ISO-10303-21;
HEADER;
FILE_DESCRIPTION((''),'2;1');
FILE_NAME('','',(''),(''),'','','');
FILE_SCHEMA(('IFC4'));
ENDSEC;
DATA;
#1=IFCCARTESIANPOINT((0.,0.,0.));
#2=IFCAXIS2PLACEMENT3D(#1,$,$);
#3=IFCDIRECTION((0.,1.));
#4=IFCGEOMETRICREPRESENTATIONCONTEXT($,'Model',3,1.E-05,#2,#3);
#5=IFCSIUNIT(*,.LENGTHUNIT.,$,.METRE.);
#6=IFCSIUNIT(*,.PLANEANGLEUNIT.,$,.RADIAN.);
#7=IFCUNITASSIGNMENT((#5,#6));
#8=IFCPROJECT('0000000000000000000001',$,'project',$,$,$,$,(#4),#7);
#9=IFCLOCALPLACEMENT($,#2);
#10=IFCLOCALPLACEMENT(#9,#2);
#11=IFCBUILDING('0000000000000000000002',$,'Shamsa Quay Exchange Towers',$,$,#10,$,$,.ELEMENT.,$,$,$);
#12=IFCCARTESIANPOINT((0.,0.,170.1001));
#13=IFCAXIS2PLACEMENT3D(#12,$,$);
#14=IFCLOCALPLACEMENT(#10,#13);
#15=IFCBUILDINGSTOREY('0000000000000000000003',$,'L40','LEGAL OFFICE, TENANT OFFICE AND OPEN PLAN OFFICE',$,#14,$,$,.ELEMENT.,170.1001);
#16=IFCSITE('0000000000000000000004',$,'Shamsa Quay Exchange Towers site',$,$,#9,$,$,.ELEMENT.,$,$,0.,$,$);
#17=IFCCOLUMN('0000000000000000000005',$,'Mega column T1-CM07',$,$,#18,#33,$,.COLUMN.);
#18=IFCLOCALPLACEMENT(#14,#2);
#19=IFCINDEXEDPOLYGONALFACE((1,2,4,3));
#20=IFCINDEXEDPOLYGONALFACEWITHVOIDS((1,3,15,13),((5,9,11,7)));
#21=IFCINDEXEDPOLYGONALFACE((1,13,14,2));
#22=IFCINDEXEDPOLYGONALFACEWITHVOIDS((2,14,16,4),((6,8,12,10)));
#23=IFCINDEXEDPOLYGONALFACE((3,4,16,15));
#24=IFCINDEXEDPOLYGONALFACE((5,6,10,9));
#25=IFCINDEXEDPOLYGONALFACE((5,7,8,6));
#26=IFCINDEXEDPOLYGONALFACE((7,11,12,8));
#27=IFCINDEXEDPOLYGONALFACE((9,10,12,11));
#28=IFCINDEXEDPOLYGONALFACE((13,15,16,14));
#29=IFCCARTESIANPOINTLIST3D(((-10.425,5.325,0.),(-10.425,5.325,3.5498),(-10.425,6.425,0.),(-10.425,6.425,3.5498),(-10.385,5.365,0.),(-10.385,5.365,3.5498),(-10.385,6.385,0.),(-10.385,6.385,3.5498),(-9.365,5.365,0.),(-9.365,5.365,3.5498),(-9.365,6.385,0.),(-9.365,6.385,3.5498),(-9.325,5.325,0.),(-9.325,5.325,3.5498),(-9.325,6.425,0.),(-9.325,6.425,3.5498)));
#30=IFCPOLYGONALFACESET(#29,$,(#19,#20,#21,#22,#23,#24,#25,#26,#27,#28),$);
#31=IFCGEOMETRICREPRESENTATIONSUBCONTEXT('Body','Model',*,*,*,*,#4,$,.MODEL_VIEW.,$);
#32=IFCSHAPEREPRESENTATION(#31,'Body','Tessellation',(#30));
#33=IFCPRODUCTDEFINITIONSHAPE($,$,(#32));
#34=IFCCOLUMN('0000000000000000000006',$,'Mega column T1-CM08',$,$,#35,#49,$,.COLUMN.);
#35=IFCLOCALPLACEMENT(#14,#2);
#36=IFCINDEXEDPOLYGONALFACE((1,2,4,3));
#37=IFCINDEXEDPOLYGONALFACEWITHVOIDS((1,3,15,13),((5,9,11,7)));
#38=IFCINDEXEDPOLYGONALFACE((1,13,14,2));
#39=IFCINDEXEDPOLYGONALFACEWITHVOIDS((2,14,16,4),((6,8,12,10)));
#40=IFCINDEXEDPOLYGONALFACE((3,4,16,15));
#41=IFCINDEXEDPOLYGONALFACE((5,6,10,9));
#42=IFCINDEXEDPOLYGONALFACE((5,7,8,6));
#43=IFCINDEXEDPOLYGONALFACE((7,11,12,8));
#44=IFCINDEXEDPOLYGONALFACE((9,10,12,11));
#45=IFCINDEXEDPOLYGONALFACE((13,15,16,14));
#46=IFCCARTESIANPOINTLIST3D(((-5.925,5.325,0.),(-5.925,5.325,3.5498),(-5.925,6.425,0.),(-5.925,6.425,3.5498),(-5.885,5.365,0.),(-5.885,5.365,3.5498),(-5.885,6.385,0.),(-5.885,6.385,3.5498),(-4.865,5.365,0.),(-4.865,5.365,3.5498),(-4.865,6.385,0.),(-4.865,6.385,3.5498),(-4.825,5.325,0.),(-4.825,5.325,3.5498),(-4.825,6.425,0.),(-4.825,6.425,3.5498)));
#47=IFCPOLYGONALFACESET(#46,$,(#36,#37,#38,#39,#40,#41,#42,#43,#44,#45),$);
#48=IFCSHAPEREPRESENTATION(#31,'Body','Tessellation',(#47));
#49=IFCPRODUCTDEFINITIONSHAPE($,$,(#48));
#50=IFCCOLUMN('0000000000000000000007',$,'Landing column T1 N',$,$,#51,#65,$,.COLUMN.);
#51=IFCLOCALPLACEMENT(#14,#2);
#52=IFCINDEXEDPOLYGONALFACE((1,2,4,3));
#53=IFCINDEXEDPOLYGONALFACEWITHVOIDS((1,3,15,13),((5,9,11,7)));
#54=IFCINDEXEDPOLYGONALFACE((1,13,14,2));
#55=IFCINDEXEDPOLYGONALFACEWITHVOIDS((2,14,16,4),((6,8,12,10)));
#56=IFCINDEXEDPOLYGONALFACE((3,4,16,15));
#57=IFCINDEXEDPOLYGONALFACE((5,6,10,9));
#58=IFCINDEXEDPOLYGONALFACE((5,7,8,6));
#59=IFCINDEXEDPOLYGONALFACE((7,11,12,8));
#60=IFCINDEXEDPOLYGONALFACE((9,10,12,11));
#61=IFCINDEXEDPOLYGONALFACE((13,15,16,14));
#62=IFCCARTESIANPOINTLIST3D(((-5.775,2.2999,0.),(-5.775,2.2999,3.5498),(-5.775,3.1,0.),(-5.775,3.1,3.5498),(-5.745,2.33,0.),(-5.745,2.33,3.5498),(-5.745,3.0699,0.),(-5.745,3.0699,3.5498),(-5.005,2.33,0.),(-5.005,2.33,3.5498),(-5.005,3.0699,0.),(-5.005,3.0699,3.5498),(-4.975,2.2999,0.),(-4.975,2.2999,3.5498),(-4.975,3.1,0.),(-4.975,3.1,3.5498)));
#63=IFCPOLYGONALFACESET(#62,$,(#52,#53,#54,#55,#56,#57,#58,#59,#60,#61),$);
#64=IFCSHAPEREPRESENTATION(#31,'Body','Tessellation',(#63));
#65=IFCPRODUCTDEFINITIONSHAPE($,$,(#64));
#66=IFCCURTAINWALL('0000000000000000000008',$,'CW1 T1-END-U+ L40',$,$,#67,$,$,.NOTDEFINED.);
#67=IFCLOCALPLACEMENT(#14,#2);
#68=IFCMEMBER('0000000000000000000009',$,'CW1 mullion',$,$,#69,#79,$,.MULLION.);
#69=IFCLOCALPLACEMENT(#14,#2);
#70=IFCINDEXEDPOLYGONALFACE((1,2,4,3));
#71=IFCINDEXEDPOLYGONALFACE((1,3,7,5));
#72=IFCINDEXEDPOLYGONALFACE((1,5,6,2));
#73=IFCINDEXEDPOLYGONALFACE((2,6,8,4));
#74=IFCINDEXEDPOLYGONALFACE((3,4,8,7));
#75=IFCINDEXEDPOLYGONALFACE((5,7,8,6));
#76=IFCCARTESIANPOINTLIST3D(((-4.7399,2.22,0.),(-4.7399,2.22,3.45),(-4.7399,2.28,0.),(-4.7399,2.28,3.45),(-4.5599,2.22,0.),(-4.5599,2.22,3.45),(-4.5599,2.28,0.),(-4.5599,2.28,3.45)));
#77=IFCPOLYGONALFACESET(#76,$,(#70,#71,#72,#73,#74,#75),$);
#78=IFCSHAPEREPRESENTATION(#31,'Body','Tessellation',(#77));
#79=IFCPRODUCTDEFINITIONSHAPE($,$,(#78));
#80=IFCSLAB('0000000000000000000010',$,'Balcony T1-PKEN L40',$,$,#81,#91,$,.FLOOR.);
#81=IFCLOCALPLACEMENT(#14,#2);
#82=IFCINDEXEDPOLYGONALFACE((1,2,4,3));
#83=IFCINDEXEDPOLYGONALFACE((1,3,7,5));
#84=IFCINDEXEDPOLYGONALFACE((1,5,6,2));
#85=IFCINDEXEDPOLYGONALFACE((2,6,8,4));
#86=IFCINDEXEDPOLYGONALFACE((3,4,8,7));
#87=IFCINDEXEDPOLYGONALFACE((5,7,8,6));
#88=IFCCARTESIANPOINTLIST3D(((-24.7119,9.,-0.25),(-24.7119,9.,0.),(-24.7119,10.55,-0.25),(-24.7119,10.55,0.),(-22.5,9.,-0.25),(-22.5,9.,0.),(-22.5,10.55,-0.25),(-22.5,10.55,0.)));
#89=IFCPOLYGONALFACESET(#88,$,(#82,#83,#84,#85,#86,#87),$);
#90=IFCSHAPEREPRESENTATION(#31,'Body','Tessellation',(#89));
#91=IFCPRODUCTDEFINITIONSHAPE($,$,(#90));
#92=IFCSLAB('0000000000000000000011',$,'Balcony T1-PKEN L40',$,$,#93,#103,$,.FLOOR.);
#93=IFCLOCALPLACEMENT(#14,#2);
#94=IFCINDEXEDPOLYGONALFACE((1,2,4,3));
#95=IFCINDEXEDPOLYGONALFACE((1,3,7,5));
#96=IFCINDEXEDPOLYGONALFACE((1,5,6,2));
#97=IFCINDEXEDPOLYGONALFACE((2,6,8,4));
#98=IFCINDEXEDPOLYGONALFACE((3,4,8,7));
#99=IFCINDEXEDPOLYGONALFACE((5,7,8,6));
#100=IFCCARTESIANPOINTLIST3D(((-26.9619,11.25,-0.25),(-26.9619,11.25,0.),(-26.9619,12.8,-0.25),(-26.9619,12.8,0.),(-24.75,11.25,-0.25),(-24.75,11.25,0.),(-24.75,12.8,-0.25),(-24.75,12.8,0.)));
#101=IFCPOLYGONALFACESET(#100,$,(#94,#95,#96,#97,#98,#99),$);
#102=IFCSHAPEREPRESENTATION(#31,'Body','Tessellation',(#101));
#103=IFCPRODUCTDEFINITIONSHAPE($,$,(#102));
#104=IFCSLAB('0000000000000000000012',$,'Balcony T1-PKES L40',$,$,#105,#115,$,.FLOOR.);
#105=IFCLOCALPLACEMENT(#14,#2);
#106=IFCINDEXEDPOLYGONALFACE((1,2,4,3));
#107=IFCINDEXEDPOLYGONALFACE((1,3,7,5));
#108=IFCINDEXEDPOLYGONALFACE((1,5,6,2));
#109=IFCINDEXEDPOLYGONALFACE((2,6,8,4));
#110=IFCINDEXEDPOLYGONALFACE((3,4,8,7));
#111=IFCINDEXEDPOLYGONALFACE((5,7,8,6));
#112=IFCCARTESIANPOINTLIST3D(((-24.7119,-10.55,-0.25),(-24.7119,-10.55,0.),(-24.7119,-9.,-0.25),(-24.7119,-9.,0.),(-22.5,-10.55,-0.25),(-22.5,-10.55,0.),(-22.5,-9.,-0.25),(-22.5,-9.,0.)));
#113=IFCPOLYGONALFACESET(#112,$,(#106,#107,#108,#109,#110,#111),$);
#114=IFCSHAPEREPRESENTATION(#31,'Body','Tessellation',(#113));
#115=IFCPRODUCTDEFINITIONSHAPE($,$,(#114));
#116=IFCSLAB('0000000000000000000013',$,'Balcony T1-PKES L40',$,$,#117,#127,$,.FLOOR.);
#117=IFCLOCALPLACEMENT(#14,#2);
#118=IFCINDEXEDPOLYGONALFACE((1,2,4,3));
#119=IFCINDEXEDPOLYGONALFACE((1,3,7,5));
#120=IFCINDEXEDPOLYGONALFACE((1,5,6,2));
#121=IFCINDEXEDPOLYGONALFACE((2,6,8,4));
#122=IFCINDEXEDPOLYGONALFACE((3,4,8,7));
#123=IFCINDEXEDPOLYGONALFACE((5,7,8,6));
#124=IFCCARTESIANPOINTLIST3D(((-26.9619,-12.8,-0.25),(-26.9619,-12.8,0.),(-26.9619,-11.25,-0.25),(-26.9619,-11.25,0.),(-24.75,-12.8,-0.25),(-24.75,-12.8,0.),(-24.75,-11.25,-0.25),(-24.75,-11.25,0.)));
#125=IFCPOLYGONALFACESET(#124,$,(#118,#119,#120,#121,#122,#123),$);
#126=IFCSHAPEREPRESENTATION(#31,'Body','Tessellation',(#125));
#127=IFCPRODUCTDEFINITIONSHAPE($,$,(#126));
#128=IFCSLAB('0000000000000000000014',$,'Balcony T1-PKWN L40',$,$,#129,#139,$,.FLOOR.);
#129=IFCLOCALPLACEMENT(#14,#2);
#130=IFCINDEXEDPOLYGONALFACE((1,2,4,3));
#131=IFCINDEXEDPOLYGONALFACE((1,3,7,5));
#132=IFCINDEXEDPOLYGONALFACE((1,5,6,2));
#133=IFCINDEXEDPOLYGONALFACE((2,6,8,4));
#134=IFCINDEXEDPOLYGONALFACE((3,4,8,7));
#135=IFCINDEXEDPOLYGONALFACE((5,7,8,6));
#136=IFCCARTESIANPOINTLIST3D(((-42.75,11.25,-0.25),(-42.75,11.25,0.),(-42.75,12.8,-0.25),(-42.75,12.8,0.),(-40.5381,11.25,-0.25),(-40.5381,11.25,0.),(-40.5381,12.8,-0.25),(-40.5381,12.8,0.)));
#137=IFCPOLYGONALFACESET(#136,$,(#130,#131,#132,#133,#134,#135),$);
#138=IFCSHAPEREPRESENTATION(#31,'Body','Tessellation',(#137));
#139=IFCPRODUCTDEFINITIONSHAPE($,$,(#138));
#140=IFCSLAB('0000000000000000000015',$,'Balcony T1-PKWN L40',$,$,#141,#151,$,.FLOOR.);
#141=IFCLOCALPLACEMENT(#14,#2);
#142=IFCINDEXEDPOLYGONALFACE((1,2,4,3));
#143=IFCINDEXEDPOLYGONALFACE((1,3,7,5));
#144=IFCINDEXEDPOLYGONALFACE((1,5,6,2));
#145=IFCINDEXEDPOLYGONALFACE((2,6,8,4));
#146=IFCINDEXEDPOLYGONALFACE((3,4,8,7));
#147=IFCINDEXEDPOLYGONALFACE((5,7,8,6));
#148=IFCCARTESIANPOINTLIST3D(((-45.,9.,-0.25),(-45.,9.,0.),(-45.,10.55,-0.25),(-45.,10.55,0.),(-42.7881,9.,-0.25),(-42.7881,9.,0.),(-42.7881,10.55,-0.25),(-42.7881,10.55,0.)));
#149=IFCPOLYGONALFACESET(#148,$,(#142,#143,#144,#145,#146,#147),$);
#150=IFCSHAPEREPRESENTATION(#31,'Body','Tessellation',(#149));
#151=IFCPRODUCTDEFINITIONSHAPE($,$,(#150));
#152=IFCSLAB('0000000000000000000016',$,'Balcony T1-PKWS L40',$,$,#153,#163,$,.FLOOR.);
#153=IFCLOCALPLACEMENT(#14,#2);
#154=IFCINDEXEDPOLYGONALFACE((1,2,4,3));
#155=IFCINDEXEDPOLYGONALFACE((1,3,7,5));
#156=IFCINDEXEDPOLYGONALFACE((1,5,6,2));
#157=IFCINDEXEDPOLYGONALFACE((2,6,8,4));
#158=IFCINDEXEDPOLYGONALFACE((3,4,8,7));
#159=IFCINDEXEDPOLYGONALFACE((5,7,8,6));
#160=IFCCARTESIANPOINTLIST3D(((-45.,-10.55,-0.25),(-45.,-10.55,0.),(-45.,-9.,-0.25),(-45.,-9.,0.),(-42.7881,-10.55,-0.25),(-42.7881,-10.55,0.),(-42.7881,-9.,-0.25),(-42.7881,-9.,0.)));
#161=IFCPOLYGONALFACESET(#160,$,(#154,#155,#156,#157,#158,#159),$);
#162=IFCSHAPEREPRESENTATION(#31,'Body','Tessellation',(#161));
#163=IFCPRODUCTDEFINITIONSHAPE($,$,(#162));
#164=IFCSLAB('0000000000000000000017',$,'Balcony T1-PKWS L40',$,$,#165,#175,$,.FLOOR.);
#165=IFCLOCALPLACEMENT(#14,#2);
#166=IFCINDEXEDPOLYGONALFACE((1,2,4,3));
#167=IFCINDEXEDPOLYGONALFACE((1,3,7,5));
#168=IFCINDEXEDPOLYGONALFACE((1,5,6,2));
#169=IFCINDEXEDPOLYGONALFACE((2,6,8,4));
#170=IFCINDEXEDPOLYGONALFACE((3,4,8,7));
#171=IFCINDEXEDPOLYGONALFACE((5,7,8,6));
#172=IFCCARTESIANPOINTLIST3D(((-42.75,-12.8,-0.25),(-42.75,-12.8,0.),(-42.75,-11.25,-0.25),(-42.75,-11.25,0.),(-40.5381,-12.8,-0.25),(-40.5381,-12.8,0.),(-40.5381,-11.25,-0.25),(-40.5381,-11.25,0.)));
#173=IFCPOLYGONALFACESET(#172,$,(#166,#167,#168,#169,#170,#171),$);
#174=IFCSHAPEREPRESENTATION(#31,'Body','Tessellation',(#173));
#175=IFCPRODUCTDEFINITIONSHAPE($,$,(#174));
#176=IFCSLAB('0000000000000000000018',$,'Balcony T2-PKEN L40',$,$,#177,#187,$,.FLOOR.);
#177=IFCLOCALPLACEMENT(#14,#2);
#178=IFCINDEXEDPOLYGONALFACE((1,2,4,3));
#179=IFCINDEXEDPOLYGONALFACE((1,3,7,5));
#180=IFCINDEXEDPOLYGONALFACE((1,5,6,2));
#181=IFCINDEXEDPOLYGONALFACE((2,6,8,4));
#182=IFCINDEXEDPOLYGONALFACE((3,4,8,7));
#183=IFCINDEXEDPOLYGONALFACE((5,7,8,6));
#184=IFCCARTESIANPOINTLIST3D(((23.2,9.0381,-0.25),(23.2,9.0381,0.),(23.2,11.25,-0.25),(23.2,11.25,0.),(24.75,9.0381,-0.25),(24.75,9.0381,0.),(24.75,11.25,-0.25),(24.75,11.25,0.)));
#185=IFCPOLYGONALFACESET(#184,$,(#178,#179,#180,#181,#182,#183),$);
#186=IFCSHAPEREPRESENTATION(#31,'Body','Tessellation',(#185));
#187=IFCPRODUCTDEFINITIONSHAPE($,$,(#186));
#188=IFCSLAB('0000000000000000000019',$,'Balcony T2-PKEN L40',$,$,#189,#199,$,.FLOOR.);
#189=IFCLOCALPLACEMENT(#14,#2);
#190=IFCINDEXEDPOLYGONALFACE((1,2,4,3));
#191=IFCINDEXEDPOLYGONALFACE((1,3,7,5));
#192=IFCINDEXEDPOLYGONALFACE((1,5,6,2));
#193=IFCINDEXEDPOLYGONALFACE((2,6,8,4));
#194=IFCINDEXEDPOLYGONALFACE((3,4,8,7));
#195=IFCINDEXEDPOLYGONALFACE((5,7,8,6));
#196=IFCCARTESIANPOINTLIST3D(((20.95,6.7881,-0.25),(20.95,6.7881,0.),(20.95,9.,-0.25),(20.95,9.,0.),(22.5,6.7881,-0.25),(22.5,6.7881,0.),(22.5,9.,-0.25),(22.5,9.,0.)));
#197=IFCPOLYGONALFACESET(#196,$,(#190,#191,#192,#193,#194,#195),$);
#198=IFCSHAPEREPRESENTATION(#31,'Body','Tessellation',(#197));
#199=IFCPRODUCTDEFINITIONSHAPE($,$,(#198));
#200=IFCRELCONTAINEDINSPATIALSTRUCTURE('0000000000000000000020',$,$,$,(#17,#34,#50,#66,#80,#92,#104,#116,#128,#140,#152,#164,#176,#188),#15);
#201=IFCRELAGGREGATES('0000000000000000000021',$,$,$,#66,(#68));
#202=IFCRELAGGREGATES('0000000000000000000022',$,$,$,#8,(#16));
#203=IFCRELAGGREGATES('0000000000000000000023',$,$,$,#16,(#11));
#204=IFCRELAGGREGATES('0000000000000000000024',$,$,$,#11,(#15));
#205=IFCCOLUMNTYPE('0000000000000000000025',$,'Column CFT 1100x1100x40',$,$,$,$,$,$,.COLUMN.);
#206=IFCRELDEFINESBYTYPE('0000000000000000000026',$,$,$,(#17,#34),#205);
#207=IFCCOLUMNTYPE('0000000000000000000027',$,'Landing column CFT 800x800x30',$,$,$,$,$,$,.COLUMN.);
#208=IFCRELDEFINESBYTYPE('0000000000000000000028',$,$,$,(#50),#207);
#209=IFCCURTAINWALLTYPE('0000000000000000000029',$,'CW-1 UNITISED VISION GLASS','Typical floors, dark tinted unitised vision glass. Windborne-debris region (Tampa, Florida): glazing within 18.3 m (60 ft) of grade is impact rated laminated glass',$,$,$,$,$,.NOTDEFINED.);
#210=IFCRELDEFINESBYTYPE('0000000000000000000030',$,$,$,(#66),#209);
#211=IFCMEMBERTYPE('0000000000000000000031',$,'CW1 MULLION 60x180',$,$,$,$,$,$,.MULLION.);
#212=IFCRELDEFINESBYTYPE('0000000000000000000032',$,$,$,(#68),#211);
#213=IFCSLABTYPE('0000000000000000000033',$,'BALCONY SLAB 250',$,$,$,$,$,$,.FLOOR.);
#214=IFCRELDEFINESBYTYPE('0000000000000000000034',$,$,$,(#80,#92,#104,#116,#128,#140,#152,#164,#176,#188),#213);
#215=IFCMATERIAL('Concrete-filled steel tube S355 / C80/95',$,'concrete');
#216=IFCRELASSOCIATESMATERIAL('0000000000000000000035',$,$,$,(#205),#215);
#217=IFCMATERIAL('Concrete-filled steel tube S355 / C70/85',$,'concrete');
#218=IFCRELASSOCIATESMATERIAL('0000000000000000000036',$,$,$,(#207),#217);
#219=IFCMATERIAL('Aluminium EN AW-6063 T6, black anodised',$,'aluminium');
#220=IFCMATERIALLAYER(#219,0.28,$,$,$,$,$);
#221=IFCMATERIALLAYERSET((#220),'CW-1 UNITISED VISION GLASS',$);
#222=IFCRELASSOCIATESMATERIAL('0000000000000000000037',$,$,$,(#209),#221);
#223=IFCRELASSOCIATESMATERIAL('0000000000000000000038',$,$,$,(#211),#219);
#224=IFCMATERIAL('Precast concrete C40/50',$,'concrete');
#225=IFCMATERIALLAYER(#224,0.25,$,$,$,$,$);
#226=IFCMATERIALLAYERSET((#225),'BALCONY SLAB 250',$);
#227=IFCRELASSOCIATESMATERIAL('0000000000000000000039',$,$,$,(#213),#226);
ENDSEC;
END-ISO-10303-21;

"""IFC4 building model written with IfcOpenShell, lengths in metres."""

from ifc_helpers import new_model, si_unit, direction, frame, origin, origin_2d, place, context, subcontext, project, spatial, polyline, rectangle, hollow_rectangle, outline, extrude, material, layer, layer_set, material_profile, profile_set, type_object, element, aggregate, save


model = new_model("IFC4")

# Units and contexts
model_context = context("Model", 3, precision=1e-05, world=origin(), true_north=direction((0.0, 1.0)))
body_context = subcontext(model_context, "Body", "Model", "MODEL_VIEW")
ifc_project = project(units=[si_unit("LENGTHUNIT", "METRE"), si_unit("PLANEANGLEUNIT", "RADIAN")], contexts=[model_context])

# Site, building, storey
site_placement = place(None, origin())
site = spatial("IfcSite", under=ifc_project, at=site_placement, Name="Shamsa Quay Exchange Towers site", CompositionType="ELEMENT", RefElevation=0.0)
building_placement = place(site_placement, origin())
building = spatial("IfcBuilding", under=site, at=building_placement, Name="Shamsa Quay Exchange Towers", CompositionType="ELEMENT")
storey_placement = place(building_placement, frame((0.0, 0.0, 170.1001)))
storey = spatial("IfcBuildingStorey", under=building, at=storey_placement, Name="L40", Description="LEGAL OFFICE, TENANT OFFICE AND OPEN PLAN OFFICE", CompositionType="ELEMENT", Elevation=170.1001)

# Columns
ifc_material_1 = material(Name="Concrete-filled steel tube S355 / C80/95", Category="concrete")
ifc_material_profile_1 = material_profile(ifc_material_1, hollow_rectangle(XDim=1.1001, YDim=1.1001, WallThickness=0.04, at=origin_2d()), Name="CFT 1100x1100x40")
ifc_profile_set_1 = profile_set([ifc_material_profile_1], Name="Concrete-filled steel tube S355 / C80/95")
column_type_1 = type_object("IfcColumnType", Name="Column CFT 1100x1100x40", PredefinedType="COLUMN", material=ifc_profile_set_1)
for number, where, name in (
    (1, (-9.875, 5.875, 0.0), "Mega column T1-CM07"),
    (2, (-5.375, 5.875, 0.0), "Mega column T1-CM08"),
):
    element("IfcColumn", number, at=place(storey_placement, frame(where)), inside=storey, type_object=column_type_1, Name=name, PredefinedType="COLUMN", context=body_context, shape_type="SweptSolid", body=[
        extrude(hollow_rectangle(XDim=1.1001, YDim=1.1001, WallThickness=0.04, at=origin_2d()), origin(), (0.0, 0.0, 1.0), 3.5498),
    ])
ifc_material_2 = material(Name="Concrete-filled steel tube S355 / C70/85", Category="concrete")
ifc_material_profile_2 = material_profile(ifc_material_2, hollow_rectangle(XDim=0.8, YDim=0.8, WallThickness=0.03, at=origin_2d()), Name="CFT 800x800x30")
ifc_profile_set_2 = profile_set([ifc_material_profile_2], Name="Concrete-filled steel tube S355 / C70/85")
column_type_2 = type_object("IfcColumnType", Name="Landing column CFT 800x800x30", PredefinedType="COLUMN", material=ifc_profile_set_2)
column_placement = place(storey_placement, frame((-5.375, 2.7, 0.0)))
element("IfcColumn", 3, at=column_placement, inside=storey, type_object=column_type_2, Name="Landing column T1 N", PredefinedType="COLUMN", context=body_context, shape_type="SweptSolid", body=[
    extrude(hollow_rectangle(XDim=0.8, YDim=0.8, WallThickness=0.03, at=origin_2d()), origin(), (0.0, 0.0, 1.0), 3.5498),
])

# Curtain wall, member
ifc_material_3 = material(Name="Aluminium EN AW-6063 T6, black anodised", Category="aluminium")
ifc_layer_1 = layer(ifc_material_3, 0.28)
ifc_layer_set_1 = layer_set([ifc_layer_1], Name="CW-1 UNITISED VISION GLASS")
curtain_wall_type = type_object("IfcCurtainWallType", Name="CW-1 UNITISED VISION GLASS", Description="Typical floors, dark tinted unitised vision glass. Windborne-debris region (Tampa, Florida): glazing within 18.3 m (60 ft) of grade is impact rated laminated glass", PredefinedType="NOTDEFINED", material=ifc_layer_set_1)
curtain_wall_1_placement = place(storey_placement, origin())
curtain_wall_1 = element("IfcCurtainWall", 4, at=curtain_wall_1_placement, inside=storey, type_object=curtain_wall_type, Name="CW1 T1-END-U+ L40", PredefinedType="NOTDEFINED")
ifc_material_profile_3 = material_profile(ifc_material_3, rectangle(XDim=0.1799, YDim=0.0601, at=origin_2d()), Name="MU60x180")
ifc_profile_set_3 = profile_set([ifc_material_profile_3], Name="Aluminium EN AW-6063 T6, black anodised")
member_type = type_object("IfcMemberType", Name="CW1 MULLION 60x180", PredefinedType="MULLION", material=ifc_profile_set_3)
member_placement = place(storey_placement, frame((-4.6499, 2.25, 0.0), z_axis=(0.0, 0.0, 1.0), x_axis=(-1.0, 0.0, 0.0)))
member = element("IfcMember", 5, at=member_placement, type_object=member_type, Name="CW1 mullion", PredefinedType="MULLION", context=body_context, shape_type="SweptSolid", body=[
    extrude(rectangle(XDim=0.1799, YDim=0.0601, at=origin_2d()), origin(), (0.0, 0.0, 1.0), 3.45),
])

# Slabs
ifc_material_4 = material(Name="Precast concrete C40/50", Category="concrete")
ifc_layer_2 = layer(ifc_material_4, 0.25)
ifc_layer_set_2 = layer_set([ifc_layer_2], Name="BALCONY SLAB 250")
slab_type = type_object("IfcSlabType", Name="BALCONY SLAB 250", PredefinedType="FLOOR", material=ifc_layer_set_2)
slab_1_placement = place(storey_placement, frame((0.0, 0.0, -0.25)))
element("IfcSlab", 6, at=slab_1_placement, inside=storey, type_object=slab_type, Name="Balcony T1-PKEN L40", PredefinedType="FLOOR", context=body_context, shape_type="SweptSolid", body=[
    extrude(outline(polyline([(-22.5, 9.0), (-24.7119, 9.0), (-24.7119, 10.55), (-22.5, 10.55), (-22.5, 9.0)])), origin(), (0.0, 0.0, 1.0), 0.25),
])
slab_2_placement = place(storey_placement, frame((0.0, 0.0, -0.25)))
element("IfcSlab", 7, at=slab_2_placement, inside=storey, type_object=slab_type, Name="Balcony T1-PKEN L40", PredefinedType="FLOOR", context=body_context, shape_type="SweptSolid", body=[
    extrude(outline(polyline([(-24.75, 11.25), (-26.9619, 11.25), (-26.9619, 12.8), (-24.75, 12.8), (-24.75, 11.25)])), origin(), (0.0, 0.0, 1.0), 0.25),
])
slab_3_placement = place(storey_placement, frame((0.0, 0.0, -0.25)))
element("IfcSlab", 8, at=slab_3_placement, inside=storey, type_object=slab_type, Name="Balcony T1-PKES L40", PredefinedType="FLOOR", context=body_context, shape_type="SweptSolid", body=[
    extrude(outline(polyline([(-24.7119, -9.0), (-22.5, -9.0), (-22.5, -10.55), (-24.7119, -10.55), (-24.7119, -9.0)])), origin(), (0.0, 0.0, 1.0), 0.25),
])
slab_4_placement = place(storey_placement, frame((0.0, 0.0, -0.25)))
element("IfcSlab", 9, at=slab_4_placement, inside=storey, type_object=slab_type, Name="Balcony T1-PKES L40", PredefinedType="FLOOR", context=body_context, shape_type="SweptSolid", body=[
    extrude(outline(polyline([(-26.9619, -11.25), (-24.75, -11.25), (-24.75, -12.8), (-26.9619, -12.8), (-26.9619, -11.25)])), origin(), (0.0, 0.0, 1.0), 0.25),
])
slab_5_placement = place(storey_placement, frame((0.0, 0.0, -0.25)))
element("IfcSlab", 10, at=slab_5_placement, inside=storey, type_object=slab_type, Name="Balcony T1-PKWN L40", PredefinedType="FLOOR", context=body_context, shape_type="SweptSolid", body=[
    extrude(outline(polyline([(-40.5381, 11.25), (-42.75, 11.25), (-42.75, 12.8), (-40.5381, 12.8), (-40.5381, 11.25)])), origin(), (0.0, 0.0, 1.0), 0.25),
])
slab_6_placement = place(storey_placement, frame((0.0, 0.0, -0.25)))
element("IfcSlab", 11, at=slab_6_placement, inside=storey, type_object=slab_type, Name="Balcony T1-PKWN L40", PredefinedType="FLOOR", context=body_context, shape_type="SweptSolid", body=[
    extrude(outline(polyline([(-42.7881, 9.0), (-45.0, 9.0), (-45.0, 10.55), (-42.7881, 10.55), (-42.7881, 9.0)])), origin(), (0.0, 0.0, 1.0), 0.25),
])
slab_7_placement = place(storey_placement, frame((0.0, 0.0, -0.25)))
element("IfcSlab", 12, at=slab_7_placement, inside=storey, type_object=slab_type, Name="Balcony T1-PKWS L40", PredefinedType="FLOOR", context=body_context, shape_type="SweptSolid", body=[
    extrude(outline(polyline([(-45.0, -9.0), (-42.7881, -9.0), (-42.7881, -10.55), (-45.0, -10.55), (-45.0, -9.0)])), origin(), (0.0, 0.0, 1.0), 0.25),
])
slab_8_placement = place(storey_placement, frame((0.0, 0.0, -0.25)))
element("IfcSlab", 13, at=slab_8_placement, inside=storey, type_object=slab_type, Name="Balcony T1-PKWS L40", PredefinedType="FLOOR", context=body_context, shape_type="SweptSolid", body=[
    extrude(outline(polyline([(-42.75, -11.25), (-40.5381, -11.25), (-40.5381, -12.8), (-42.75, -12.8), (-42.75, -11.25)])), origin(), (0.0, 0.0, 1.0), 0.25),
])
slab_9_placement = place(storey_placement, frame((0.0, 0.0, -0.25)))
element("IfcSlab", 14, at=slab_9_placement, inside=storey, type_object=slab_type, Name="Balcony T2-PKEN L40", PredefinedType="FLOOR", context=body_context, shape_type="SweptSolid", body=[
    extrude(outline(polyline([(24.75, 11.25), (24.75, 9.0381), (23.2, 9.0381), (23.2, 11.25), (24.75, 11.25)])), origin(), (0.0, 0.0, 1.0), 0.25),
])
slab_10_placement = place(storey_placement, frame((0.0, 0.0, -0.25)))
element("IfcSlab", 15, at=slab_10_placement, inside=storey, type_object=slab_type, Name="Balcony T2-PKEN L40", PredefinedType="FLOOR", context=body_context, shape_type="SweptSolid", body=[
    extrude(outline(polyline([(22.5, 9.0), (22.5, 6.7881), (20.95, 6.7881), (20.95, 9.0), (22.5, 9.0)])), origin(), (0.0, 0.0, 1.0), 0.25),
])

aggregate(curtain_wall_1, [member])

save(model, "model.ifc")
